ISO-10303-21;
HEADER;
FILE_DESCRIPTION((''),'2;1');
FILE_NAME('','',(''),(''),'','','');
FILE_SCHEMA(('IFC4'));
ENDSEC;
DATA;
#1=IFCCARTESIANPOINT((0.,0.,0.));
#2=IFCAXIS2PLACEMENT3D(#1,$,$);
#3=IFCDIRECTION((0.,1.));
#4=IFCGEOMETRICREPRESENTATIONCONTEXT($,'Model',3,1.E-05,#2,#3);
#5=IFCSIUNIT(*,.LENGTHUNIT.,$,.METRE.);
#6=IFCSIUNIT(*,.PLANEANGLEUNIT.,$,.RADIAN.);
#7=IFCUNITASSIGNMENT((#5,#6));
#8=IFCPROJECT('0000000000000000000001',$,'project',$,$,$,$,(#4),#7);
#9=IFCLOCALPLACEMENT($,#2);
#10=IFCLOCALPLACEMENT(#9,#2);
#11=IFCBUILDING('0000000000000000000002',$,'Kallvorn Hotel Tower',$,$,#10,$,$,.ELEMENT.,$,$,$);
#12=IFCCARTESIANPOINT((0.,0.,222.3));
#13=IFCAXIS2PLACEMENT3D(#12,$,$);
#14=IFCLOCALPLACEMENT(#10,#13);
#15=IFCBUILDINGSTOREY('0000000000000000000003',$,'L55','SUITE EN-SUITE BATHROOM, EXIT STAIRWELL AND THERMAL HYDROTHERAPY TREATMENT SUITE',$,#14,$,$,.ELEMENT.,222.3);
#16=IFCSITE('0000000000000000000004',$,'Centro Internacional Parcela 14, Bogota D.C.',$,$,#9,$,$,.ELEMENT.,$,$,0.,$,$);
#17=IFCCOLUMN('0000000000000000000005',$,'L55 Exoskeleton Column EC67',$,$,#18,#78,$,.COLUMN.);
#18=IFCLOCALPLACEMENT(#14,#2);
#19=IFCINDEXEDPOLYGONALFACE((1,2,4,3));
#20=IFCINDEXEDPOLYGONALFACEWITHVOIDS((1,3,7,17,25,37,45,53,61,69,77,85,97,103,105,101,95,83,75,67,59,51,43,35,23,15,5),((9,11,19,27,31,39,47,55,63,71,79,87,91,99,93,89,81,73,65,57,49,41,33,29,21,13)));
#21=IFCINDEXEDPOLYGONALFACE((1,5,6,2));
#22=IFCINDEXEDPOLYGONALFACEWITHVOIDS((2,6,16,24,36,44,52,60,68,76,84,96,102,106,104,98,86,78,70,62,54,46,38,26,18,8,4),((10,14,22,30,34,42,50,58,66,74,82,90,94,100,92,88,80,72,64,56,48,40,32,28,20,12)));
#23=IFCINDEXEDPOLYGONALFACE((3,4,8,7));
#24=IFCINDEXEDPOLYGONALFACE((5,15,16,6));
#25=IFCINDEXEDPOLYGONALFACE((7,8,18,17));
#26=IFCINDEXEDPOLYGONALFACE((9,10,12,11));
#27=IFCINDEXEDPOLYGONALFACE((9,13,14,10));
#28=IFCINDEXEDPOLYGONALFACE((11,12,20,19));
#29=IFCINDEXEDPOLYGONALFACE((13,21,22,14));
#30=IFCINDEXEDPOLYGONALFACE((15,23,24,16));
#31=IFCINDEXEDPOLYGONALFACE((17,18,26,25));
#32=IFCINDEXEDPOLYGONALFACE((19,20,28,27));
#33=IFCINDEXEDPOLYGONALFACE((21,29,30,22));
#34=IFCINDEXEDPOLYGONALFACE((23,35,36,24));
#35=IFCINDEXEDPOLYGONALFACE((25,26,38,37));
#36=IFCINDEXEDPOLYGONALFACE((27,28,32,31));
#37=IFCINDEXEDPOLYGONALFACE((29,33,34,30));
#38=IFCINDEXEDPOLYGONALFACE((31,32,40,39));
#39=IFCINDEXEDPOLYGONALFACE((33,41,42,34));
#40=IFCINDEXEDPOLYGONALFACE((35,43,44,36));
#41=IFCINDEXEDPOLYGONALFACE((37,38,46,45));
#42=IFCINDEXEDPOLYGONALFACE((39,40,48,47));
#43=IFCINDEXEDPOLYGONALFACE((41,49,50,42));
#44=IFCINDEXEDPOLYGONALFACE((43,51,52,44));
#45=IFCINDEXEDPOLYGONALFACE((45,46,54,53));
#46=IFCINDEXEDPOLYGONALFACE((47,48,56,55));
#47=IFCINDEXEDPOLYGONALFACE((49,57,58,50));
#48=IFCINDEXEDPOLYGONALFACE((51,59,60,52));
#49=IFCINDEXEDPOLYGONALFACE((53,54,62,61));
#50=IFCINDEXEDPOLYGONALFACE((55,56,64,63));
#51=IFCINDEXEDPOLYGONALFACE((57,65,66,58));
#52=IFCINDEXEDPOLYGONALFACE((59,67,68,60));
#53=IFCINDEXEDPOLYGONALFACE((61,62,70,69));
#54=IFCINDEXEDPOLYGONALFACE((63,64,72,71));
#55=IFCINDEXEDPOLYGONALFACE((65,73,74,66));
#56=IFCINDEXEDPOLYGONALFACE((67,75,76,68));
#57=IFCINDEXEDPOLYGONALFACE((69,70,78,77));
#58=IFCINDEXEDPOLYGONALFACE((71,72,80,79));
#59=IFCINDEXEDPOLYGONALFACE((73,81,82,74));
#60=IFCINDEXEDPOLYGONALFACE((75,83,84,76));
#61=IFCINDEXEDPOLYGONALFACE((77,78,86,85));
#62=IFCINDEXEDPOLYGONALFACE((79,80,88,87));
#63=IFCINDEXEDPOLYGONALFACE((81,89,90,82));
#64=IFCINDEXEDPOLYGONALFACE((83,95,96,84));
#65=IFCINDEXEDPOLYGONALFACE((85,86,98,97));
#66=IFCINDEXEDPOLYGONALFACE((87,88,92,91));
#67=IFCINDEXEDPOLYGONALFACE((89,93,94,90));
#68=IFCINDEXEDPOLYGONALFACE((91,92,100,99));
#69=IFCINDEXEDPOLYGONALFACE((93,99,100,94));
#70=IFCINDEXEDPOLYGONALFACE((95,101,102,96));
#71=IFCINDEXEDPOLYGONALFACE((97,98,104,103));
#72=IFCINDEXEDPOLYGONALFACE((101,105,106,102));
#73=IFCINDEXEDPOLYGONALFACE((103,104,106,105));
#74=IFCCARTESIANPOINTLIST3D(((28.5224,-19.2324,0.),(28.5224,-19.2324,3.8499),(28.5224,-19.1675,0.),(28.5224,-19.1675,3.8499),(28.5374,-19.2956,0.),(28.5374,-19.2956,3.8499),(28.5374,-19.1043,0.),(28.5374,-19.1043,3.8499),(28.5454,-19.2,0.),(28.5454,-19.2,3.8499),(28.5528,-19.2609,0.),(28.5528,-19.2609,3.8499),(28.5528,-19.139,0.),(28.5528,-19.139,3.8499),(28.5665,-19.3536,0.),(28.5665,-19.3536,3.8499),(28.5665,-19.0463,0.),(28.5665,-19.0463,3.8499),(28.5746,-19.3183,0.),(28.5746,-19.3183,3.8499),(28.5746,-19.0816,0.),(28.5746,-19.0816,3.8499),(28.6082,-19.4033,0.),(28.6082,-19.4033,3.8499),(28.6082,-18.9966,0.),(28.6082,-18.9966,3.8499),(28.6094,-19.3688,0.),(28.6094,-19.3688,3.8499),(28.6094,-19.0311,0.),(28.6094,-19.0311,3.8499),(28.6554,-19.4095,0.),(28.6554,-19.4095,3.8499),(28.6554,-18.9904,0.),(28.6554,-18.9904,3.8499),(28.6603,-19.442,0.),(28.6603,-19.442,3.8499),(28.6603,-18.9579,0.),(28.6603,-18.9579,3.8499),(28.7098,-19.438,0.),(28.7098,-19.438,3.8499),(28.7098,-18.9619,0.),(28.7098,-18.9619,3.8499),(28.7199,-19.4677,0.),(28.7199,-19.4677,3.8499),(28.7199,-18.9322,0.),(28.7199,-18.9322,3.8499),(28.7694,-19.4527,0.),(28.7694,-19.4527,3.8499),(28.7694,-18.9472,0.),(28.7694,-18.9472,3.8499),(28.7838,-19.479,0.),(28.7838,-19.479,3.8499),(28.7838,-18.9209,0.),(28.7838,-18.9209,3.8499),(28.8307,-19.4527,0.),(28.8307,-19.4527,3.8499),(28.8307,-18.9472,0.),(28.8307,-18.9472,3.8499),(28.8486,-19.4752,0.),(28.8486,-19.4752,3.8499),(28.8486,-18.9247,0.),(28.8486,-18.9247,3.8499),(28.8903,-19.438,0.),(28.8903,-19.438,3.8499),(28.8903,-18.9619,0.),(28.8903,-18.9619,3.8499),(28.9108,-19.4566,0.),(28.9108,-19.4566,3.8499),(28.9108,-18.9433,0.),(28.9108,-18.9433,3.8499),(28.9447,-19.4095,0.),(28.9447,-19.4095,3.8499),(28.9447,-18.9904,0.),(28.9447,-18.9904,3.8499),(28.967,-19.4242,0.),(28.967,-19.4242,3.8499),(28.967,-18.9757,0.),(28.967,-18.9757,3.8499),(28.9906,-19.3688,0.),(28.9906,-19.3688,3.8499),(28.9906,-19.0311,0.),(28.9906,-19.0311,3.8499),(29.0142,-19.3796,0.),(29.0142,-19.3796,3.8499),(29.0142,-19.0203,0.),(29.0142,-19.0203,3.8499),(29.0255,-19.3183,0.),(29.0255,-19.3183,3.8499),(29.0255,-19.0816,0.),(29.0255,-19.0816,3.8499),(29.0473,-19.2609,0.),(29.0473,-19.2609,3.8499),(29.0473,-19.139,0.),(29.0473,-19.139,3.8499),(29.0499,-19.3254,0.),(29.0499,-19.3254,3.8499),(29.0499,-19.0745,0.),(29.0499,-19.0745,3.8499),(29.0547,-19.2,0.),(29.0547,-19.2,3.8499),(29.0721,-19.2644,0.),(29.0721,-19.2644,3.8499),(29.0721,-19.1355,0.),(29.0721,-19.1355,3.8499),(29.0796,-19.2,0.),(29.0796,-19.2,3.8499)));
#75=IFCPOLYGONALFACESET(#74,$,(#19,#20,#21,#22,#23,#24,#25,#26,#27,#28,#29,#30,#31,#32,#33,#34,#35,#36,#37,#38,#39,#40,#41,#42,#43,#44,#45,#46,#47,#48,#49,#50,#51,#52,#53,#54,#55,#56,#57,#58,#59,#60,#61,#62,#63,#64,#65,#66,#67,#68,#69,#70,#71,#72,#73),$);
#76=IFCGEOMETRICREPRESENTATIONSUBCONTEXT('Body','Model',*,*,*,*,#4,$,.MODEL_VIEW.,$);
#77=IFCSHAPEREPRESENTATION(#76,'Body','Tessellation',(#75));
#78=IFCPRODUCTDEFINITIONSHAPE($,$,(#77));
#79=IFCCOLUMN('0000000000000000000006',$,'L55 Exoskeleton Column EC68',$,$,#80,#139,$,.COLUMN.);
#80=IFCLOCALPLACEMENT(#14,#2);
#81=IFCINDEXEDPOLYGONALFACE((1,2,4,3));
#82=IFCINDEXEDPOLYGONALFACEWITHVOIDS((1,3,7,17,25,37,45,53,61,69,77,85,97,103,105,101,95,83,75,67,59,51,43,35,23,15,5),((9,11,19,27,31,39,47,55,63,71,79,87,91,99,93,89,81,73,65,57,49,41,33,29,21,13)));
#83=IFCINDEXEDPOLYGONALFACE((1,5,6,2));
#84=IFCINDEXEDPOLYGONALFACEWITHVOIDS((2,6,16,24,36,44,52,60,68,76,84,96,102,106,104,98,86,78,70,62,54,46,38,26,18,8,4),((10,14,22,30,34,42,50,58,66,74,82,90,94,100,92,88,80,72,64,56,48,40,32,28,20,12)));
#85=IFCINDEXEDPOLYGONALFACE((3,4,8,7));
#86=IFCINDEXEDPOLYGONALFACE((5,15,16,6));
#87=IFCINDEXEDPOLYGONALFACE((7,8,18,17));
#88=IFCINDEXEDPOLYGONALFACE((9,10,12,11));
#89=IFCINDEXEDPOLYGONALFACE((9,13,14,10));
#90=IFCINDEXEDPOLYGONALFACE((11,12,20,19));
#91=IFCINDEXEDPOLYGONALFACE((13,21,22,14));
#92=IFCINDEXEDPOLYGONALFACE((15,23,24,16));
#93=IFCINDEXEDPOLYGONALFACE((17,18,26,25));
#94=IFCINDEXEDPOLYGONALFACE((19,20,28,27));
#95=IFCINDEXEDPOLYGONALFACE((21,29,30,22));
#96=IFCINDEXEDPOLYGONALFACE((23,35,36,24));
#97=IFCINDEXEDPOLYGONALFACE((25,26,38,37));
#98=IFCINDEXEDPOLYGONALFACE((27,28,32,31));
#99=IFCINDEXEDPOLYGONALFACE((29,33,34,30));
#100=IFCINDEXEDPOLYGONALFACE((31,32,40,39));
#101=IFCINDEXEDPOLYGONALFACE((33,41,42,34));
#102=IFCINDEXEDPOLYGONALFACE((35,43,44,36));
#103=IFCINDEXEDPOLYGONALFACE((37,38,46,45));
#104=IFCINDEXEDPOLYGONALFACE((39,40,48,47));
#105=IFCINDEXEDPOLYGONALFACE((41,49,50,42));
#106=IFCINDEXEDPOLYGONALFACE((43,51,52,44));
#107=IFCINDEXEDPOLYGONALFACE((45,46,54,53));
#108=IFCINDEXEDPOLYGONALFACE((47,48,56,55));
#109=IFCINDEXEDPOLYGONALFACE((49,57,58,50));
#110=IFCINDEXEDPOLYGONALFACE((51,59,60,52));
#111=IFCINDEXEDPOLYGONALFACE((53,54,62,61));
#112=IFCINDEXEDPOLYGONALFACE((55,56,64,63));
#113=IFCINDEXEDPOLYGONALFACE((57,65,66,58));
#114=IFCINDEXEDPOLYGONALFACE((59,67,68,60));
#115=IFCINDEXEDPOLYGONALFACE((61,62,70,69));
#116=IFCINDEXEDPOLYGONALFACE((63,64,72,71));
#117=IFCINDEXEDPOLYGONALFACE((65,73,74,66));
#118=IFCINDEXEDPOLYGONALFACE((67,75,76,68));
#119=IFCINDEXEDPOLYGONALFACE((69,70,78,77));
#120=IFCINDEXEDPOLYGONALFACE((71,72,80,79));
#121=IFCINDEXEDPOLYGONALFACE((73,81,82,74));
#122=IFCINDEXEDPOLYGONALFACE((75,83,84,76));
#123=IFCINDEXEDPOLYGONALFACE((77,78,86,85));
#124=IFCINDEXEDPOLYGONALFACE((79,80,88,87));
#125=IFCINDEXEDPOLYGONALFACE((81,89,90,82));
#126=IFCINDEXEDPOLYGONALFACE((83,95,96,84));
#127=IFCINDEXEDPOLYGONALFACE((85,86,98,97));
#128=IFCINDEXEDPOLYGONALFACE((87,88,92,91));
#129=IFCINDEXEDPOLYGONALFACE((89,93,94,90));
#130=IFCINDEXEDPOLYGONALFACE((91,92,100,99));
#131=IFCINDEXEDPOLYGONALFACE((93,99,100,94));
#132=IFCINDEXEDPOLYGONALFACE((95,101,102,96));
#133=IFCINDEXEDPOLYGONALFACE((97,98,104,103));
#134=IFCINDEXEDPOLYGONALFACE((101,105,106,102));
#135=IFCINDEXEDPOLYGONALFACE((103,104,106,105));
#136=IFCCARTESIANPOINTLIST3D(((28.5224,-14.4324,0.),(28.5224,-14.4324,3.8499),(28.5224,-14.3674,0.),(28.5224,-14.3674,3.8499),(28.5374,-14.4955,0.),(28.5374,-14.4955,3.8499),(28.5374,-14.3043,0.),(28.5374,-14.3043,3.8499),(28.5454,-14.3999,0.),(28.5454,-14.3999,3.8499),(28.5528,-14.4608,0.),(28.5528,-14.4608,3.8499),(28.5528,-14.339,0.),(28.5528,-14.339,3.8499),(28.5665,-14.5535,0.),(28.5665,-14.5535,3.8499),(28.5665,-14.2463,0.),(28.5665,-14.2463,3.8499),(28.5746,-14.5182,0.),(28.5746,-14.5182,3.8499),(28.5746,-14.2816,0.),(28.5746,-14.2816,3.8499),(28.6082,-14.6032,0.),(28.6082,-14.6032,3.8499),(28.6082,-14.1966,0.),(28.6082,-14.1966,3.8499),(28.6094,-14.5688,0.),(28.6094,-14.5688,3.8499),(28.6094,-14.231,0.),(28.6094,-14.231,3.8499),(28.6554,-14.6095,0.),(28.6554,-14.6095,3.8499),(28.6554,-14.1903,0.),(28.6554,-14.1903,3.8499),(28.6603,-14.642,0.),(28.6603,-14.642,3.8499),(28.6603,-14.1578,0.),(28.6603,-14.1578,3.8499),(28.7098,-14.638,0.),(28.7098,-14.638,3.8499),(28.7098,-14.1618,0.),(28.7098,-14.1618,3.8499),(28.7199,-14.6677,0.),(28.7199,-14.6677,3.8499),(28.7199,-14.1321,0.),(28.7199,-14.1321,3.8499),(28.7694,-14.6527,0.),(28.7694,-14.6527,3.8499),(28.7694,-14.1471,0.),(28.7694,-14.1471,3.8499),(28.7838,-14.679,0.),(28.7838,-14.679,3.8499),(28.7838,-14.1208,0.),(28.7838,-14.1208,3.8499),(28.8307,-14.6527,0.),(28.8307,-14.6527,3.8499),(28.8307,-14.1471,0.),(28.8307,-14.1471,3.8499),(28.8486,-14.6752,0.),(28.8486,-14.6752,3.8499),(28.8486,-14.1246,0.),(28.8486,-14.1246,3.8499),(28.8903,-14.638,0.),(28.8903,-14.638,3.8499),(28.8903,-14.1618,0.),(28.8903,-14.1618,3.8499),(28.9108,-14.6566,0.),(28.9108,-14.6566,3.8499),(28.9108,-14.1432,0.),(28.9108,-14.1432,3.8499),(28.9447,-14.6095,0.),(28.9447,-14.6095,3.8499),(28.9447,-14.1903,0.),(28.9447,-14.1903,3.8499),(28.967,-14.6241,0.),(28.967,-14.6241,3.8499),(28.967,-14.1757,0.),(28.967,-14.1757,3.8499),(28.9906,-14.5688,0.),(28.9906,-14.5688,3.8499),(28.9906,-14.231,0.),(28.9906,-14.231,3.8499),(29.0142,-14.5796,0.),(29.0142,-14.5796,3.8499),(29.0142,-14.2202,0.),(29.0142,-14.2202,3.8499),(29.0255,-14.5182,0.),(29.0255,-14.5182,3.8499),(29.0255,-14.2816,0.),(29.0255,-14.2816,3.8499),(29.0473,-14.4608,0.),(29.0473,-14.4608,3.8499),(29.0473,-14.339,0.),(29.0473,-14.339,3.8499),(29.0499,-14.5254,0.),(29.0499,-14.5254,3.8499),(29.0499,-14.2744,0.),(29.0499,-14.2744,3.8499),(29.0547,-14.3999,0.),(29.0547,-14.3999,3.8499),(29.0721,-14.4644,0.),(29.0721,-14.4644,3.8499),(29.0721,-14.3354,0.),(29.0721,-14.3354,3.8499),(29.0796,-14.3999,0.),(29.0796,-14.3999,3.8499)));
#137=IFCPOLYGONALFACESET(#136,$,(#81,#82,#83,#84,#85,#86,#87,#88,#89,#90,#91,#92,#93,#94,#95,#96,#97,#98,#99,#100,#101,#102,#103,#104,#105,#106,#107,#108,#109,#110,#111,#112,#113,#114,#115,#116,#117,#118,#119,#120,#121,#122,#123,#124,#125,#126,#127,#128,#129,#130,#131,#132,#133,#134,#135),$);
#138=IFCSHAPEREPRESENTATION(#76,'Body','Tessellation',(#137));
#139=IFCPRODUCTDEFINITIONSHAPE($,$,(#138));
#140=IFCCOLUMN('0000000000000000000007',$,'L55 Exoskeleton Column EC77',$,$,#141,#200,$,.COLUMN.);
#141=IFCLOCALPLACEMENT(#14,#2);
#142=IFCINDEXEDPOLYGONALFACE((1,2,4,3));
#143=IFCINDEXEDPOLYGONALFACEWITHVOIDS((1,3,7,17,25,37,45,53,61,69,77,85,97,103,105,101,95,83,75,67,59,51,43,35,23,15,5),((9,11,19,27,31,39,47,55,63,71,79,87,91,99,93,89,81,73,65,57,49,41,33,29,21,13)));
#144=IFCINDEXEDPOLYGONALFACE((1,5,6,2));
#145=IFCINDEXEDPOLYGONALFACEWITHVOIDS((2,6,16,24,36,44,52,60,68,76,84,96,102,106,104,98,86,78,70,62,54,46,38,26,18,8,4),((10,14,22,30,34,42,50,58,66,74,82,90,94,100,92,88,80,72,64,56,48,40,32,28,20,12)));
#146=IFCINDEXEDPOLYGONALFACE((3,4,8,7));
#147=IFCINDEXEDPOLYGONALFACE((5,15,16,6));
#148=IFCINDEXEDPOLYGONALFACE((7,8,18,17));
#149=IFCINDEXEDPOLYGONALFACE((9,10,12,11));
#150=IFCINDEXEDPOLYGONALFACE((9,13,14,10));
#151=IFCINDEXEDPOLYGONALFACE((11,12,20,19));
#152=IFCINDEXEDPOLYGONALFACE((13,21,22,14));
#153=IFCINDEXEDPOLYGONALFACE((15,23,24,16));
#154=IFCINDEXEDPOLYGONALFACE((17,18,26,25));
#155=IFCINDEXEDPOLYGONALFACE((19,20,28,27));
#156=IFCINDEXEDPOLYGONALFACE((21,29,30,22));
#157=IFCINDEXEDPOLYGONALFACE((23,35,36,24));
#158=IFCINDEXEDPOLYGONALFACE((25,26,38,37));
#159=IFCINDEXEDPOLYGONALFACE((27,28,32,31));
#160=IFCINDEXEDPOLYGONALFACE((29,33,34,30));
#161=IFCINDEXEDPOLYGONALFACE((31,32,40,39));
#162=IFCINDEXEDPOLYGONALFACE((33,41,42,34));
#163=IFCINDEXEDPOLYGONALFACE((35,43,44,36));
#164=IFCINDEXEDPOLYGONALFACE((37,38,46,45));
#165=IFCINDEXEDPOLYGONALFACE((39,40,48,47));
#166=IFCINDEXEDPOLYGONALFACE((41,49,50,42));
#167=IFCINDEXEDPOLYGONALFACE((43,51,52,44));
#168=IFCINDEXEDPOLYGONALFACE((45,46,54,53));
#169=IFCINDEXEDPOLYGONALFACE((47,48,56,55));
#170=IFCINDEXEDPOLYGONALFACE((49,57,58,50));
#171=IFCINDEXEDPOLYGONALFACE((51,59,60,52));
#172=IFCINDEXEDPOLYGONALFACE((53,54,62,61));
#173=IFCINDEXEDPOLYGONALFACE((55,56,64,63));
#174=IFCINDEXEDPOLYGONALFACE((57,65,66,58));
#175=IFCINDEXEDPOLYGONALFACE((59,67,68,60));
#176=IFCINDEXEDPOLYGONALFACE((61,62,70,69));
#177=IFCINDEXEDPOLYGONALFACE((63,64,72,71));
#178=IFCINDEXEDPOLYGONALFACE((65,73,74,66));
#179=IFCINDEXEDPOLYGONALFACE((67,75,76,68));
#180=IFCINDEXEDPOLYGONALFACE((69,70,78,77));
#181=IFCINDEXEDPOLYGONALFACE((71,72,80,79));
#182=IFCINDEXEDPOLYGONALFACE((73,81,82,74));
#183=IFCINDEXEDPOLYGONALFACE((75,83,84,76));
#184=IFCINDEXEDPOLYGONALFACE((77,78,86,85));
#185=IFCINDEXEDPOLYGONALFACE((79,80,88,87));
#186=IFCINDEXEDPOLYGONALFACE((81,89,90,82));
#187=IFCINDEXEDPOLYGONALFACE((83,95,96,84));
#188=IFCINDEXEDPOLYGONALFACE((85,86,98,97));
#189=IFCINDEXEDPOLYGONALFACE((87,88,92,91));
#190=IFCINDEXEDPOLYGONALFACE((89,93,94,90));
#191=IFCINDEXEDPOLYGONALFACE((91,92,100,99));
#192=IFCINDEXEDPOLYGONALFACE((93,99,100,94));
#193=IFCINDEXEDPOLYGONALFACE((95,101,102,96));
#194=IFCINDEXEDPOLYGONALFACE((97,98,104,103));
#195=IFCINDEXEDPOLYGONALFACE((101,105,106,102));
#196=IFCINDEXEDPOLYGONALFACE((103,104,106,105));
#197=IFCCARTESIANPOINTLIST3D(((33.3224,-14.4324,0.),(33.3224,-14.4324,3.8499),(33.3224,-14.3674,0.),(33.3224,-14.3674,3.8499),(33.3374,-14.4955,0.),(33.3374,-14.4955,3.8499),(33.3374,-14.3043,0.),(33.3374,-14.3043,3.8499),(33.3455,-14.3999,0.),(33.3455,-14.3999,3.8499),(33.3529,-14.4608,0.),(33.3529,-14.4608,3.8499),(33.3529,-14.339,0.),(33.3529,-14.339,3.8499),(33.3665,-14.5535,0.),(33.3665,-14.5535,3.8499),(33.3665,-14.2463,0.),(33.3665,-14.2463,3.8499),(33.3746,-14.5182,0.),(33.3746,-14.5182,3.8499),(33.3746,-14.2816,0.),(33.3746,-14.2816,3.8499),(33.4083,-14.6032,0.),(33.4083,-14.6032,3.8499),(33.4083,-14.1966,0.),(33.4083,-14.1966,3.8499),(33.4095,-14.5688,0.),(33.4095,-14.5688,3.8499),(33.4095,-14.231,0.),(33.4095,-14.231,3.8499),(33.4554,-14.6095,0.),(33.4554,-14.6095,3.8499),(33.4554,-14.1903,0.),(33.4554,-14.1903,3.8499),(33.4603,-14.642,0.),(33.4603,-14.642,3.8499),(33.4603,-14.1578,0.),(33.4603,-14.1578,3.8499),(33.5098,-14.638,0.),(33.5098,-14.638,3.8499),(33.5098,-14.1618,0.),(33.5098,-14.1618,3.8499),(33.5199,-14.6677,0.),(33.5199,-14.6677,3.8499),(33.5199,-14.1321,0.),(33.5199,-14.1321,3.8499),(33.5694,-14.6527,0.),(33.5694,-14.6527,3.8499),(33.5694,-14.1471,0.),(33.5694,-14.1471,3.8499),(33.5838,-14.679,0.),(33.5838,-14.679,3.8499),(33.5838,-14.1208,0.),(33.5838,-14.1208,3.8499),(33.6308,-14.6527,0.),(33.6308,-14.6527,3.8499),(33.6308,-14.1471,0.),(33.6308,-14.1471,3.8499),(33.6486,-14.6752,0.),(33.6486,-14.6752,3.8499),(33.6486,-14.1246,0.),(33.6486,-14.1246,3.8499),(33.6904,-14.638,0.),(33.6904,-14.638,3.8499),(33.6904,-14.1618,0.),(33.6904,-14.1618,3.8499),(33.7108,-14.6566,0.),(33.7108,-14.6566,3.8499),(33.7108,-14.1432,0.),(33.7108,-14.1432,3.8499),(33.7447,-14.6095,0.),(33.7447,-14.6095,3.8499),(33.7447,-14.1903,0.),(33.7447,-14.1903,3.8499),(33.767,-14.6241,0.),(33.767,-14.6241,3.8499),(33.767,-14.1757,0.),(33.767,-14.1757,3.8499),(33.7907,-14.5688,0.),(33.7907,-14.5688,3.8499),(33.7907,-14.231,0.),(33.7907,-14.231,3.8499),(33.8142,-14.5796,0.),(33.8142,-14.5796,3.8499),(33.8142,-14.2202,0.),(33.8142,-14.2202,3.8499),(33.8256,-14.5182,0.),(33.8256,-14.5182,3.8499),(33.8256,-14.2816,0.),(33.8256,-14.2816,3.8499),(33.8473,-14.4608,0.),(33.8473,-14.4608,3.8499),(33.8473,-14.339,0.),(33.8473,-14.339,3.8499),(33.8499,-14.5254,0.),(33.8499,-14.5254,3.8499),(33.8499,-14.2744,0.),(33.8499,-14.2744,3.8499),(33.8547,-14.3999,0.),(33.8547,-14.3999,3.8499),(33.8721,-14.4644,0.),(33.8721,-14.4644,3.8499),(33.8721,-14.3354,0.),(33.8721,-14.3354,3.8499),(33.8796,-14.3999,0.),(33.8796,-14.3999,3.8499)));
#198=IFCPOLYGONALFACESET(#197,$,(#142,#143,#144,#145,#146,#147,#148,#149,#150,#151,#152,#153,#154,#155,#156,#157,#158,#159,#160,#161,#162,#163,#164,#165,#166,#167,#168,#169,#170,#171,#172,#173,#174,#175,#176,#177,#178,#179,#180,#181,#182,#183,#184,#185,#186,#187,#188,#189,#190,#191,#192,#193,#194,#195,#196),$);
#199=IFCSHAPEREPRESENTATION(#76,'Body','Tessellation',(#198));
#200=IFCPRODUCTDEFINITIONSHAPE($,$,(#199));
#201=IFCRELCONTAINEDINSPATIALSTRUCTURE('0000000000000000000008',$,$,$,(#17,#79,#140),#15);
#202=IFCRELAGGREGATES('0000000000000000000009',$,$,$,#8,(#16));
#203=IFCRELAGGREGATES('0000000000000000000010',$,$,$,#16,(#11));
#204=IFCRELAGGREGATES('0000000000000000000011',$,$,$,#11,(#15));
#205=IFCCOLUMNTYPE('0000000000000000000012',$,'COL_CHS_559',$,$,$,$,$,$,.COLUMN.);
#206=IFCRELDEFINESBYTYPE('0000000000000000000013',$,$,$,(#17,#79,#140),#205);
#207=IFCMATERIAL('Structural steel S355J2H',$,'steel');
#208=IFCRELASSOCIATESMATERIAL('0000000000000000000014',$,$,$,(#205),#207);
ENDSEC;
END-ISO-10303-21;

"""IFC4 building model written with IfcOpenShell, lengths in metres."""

from ifc_helpers import new_model, si_unit, direction, frame, origin, origin_2d, place, context, subcontext, project, spatial, hollow_circle, extrude, material, material_profile, profile_set, type_object, element, save


model = new_model("IFC4")

# Units and contexts
model_context = context("Model", 3, precision=1e-05, world=origin(), true_north=direction((0.0, 1.0)))
body_context = subcontext(model_context, "Body", "Model", "MODEL_VIEW")
ifc_project = project(units=[si_unit("LENGTHUNIT", "METRE"), si_unit("PLANEANGLEUNIT", "RADIAN")], contexts=[model_context])

# Site, building, storey
site_placement = place(None, origin())
site = spatial("IfcSite", under=ifc_project, at=site_placement, Name="Centro Internacional Parcela 14, Bogota D.C.", CompositionType="ELEMENT", RefElevation=0.0)
building_placement = place(site_placement, origin())
building = spatial("IfcBuilding", under=site, at=building_placement, Name="Kallvorn Hotel Tower", CompositionType="ELEMENT")
storey_placement = place(building_placement, frame((0.0, 0.0, 222.3)))
storey = spatial("IfcBuildingStorey", under=building, at=storey_placement, Name="L55", Description="SUITE EN-SUITE BATHROOM, EXIT STAIRWELL AND THERMAL HYDROTHERAPY TREATMENT SUITE", CompositionType="ELEMENT", Elevation=222.3)

# Columns
ifc_material_1 = material(Name="Structural steel S355J2H", Category="steel")
ifc_material_profile_1 = material_profile(ifc_material_1, hollow_circle(Radius=0.2795, WallThickness=0.0249, at=origin_2d()), Name="CHS 559x25")
ifc_profile_set_1 = profile_set([ifc_material_profile_1], Name="Structural steel S355J2H")
column_type_1 = type_object("IfcColumnType", Name="COL_CHS_559", PredefinedType="COLUMN", material=ifc_profile_set_1)
for number, where, z_axis, x_axis, name in (
    (1, (28.8, -19.2, 0.0), (0.0, 0.0, 1.0), (1.0, 0.0, 0.0), "L55 Exoskeleton Column EC67"),
    (2, (28.8, -14.3999, 0.0), (0.0, 0.0, 1.0), (1.0, 0.0, 0.0), "L55 Exoskeleton Column EC68"),
    (3, (33.6001, -14.3999, 0.0), (0.0, 0.0, 1.0), (1.0, 0.0, 0.0), "L55 Exoskeleton Column EC77"),
):
    element("IfcColumn", number, at=place(storey_placement, frame(where, z_axis=z_axis, x_axis=x_axis)), inside=storey, type_object=column_type_1, Name=name, PredefinedType="COLUMN", context=body_context, shape_type="SweptSolid", body=[
        extrude(hollow_circle(Radius=0.2795, WallThickness=0.0249, at=origin_2d()), origin(), (0.0, 0.0, 1.0), 3.8499),
    ])

save(model, "model.ifc")
